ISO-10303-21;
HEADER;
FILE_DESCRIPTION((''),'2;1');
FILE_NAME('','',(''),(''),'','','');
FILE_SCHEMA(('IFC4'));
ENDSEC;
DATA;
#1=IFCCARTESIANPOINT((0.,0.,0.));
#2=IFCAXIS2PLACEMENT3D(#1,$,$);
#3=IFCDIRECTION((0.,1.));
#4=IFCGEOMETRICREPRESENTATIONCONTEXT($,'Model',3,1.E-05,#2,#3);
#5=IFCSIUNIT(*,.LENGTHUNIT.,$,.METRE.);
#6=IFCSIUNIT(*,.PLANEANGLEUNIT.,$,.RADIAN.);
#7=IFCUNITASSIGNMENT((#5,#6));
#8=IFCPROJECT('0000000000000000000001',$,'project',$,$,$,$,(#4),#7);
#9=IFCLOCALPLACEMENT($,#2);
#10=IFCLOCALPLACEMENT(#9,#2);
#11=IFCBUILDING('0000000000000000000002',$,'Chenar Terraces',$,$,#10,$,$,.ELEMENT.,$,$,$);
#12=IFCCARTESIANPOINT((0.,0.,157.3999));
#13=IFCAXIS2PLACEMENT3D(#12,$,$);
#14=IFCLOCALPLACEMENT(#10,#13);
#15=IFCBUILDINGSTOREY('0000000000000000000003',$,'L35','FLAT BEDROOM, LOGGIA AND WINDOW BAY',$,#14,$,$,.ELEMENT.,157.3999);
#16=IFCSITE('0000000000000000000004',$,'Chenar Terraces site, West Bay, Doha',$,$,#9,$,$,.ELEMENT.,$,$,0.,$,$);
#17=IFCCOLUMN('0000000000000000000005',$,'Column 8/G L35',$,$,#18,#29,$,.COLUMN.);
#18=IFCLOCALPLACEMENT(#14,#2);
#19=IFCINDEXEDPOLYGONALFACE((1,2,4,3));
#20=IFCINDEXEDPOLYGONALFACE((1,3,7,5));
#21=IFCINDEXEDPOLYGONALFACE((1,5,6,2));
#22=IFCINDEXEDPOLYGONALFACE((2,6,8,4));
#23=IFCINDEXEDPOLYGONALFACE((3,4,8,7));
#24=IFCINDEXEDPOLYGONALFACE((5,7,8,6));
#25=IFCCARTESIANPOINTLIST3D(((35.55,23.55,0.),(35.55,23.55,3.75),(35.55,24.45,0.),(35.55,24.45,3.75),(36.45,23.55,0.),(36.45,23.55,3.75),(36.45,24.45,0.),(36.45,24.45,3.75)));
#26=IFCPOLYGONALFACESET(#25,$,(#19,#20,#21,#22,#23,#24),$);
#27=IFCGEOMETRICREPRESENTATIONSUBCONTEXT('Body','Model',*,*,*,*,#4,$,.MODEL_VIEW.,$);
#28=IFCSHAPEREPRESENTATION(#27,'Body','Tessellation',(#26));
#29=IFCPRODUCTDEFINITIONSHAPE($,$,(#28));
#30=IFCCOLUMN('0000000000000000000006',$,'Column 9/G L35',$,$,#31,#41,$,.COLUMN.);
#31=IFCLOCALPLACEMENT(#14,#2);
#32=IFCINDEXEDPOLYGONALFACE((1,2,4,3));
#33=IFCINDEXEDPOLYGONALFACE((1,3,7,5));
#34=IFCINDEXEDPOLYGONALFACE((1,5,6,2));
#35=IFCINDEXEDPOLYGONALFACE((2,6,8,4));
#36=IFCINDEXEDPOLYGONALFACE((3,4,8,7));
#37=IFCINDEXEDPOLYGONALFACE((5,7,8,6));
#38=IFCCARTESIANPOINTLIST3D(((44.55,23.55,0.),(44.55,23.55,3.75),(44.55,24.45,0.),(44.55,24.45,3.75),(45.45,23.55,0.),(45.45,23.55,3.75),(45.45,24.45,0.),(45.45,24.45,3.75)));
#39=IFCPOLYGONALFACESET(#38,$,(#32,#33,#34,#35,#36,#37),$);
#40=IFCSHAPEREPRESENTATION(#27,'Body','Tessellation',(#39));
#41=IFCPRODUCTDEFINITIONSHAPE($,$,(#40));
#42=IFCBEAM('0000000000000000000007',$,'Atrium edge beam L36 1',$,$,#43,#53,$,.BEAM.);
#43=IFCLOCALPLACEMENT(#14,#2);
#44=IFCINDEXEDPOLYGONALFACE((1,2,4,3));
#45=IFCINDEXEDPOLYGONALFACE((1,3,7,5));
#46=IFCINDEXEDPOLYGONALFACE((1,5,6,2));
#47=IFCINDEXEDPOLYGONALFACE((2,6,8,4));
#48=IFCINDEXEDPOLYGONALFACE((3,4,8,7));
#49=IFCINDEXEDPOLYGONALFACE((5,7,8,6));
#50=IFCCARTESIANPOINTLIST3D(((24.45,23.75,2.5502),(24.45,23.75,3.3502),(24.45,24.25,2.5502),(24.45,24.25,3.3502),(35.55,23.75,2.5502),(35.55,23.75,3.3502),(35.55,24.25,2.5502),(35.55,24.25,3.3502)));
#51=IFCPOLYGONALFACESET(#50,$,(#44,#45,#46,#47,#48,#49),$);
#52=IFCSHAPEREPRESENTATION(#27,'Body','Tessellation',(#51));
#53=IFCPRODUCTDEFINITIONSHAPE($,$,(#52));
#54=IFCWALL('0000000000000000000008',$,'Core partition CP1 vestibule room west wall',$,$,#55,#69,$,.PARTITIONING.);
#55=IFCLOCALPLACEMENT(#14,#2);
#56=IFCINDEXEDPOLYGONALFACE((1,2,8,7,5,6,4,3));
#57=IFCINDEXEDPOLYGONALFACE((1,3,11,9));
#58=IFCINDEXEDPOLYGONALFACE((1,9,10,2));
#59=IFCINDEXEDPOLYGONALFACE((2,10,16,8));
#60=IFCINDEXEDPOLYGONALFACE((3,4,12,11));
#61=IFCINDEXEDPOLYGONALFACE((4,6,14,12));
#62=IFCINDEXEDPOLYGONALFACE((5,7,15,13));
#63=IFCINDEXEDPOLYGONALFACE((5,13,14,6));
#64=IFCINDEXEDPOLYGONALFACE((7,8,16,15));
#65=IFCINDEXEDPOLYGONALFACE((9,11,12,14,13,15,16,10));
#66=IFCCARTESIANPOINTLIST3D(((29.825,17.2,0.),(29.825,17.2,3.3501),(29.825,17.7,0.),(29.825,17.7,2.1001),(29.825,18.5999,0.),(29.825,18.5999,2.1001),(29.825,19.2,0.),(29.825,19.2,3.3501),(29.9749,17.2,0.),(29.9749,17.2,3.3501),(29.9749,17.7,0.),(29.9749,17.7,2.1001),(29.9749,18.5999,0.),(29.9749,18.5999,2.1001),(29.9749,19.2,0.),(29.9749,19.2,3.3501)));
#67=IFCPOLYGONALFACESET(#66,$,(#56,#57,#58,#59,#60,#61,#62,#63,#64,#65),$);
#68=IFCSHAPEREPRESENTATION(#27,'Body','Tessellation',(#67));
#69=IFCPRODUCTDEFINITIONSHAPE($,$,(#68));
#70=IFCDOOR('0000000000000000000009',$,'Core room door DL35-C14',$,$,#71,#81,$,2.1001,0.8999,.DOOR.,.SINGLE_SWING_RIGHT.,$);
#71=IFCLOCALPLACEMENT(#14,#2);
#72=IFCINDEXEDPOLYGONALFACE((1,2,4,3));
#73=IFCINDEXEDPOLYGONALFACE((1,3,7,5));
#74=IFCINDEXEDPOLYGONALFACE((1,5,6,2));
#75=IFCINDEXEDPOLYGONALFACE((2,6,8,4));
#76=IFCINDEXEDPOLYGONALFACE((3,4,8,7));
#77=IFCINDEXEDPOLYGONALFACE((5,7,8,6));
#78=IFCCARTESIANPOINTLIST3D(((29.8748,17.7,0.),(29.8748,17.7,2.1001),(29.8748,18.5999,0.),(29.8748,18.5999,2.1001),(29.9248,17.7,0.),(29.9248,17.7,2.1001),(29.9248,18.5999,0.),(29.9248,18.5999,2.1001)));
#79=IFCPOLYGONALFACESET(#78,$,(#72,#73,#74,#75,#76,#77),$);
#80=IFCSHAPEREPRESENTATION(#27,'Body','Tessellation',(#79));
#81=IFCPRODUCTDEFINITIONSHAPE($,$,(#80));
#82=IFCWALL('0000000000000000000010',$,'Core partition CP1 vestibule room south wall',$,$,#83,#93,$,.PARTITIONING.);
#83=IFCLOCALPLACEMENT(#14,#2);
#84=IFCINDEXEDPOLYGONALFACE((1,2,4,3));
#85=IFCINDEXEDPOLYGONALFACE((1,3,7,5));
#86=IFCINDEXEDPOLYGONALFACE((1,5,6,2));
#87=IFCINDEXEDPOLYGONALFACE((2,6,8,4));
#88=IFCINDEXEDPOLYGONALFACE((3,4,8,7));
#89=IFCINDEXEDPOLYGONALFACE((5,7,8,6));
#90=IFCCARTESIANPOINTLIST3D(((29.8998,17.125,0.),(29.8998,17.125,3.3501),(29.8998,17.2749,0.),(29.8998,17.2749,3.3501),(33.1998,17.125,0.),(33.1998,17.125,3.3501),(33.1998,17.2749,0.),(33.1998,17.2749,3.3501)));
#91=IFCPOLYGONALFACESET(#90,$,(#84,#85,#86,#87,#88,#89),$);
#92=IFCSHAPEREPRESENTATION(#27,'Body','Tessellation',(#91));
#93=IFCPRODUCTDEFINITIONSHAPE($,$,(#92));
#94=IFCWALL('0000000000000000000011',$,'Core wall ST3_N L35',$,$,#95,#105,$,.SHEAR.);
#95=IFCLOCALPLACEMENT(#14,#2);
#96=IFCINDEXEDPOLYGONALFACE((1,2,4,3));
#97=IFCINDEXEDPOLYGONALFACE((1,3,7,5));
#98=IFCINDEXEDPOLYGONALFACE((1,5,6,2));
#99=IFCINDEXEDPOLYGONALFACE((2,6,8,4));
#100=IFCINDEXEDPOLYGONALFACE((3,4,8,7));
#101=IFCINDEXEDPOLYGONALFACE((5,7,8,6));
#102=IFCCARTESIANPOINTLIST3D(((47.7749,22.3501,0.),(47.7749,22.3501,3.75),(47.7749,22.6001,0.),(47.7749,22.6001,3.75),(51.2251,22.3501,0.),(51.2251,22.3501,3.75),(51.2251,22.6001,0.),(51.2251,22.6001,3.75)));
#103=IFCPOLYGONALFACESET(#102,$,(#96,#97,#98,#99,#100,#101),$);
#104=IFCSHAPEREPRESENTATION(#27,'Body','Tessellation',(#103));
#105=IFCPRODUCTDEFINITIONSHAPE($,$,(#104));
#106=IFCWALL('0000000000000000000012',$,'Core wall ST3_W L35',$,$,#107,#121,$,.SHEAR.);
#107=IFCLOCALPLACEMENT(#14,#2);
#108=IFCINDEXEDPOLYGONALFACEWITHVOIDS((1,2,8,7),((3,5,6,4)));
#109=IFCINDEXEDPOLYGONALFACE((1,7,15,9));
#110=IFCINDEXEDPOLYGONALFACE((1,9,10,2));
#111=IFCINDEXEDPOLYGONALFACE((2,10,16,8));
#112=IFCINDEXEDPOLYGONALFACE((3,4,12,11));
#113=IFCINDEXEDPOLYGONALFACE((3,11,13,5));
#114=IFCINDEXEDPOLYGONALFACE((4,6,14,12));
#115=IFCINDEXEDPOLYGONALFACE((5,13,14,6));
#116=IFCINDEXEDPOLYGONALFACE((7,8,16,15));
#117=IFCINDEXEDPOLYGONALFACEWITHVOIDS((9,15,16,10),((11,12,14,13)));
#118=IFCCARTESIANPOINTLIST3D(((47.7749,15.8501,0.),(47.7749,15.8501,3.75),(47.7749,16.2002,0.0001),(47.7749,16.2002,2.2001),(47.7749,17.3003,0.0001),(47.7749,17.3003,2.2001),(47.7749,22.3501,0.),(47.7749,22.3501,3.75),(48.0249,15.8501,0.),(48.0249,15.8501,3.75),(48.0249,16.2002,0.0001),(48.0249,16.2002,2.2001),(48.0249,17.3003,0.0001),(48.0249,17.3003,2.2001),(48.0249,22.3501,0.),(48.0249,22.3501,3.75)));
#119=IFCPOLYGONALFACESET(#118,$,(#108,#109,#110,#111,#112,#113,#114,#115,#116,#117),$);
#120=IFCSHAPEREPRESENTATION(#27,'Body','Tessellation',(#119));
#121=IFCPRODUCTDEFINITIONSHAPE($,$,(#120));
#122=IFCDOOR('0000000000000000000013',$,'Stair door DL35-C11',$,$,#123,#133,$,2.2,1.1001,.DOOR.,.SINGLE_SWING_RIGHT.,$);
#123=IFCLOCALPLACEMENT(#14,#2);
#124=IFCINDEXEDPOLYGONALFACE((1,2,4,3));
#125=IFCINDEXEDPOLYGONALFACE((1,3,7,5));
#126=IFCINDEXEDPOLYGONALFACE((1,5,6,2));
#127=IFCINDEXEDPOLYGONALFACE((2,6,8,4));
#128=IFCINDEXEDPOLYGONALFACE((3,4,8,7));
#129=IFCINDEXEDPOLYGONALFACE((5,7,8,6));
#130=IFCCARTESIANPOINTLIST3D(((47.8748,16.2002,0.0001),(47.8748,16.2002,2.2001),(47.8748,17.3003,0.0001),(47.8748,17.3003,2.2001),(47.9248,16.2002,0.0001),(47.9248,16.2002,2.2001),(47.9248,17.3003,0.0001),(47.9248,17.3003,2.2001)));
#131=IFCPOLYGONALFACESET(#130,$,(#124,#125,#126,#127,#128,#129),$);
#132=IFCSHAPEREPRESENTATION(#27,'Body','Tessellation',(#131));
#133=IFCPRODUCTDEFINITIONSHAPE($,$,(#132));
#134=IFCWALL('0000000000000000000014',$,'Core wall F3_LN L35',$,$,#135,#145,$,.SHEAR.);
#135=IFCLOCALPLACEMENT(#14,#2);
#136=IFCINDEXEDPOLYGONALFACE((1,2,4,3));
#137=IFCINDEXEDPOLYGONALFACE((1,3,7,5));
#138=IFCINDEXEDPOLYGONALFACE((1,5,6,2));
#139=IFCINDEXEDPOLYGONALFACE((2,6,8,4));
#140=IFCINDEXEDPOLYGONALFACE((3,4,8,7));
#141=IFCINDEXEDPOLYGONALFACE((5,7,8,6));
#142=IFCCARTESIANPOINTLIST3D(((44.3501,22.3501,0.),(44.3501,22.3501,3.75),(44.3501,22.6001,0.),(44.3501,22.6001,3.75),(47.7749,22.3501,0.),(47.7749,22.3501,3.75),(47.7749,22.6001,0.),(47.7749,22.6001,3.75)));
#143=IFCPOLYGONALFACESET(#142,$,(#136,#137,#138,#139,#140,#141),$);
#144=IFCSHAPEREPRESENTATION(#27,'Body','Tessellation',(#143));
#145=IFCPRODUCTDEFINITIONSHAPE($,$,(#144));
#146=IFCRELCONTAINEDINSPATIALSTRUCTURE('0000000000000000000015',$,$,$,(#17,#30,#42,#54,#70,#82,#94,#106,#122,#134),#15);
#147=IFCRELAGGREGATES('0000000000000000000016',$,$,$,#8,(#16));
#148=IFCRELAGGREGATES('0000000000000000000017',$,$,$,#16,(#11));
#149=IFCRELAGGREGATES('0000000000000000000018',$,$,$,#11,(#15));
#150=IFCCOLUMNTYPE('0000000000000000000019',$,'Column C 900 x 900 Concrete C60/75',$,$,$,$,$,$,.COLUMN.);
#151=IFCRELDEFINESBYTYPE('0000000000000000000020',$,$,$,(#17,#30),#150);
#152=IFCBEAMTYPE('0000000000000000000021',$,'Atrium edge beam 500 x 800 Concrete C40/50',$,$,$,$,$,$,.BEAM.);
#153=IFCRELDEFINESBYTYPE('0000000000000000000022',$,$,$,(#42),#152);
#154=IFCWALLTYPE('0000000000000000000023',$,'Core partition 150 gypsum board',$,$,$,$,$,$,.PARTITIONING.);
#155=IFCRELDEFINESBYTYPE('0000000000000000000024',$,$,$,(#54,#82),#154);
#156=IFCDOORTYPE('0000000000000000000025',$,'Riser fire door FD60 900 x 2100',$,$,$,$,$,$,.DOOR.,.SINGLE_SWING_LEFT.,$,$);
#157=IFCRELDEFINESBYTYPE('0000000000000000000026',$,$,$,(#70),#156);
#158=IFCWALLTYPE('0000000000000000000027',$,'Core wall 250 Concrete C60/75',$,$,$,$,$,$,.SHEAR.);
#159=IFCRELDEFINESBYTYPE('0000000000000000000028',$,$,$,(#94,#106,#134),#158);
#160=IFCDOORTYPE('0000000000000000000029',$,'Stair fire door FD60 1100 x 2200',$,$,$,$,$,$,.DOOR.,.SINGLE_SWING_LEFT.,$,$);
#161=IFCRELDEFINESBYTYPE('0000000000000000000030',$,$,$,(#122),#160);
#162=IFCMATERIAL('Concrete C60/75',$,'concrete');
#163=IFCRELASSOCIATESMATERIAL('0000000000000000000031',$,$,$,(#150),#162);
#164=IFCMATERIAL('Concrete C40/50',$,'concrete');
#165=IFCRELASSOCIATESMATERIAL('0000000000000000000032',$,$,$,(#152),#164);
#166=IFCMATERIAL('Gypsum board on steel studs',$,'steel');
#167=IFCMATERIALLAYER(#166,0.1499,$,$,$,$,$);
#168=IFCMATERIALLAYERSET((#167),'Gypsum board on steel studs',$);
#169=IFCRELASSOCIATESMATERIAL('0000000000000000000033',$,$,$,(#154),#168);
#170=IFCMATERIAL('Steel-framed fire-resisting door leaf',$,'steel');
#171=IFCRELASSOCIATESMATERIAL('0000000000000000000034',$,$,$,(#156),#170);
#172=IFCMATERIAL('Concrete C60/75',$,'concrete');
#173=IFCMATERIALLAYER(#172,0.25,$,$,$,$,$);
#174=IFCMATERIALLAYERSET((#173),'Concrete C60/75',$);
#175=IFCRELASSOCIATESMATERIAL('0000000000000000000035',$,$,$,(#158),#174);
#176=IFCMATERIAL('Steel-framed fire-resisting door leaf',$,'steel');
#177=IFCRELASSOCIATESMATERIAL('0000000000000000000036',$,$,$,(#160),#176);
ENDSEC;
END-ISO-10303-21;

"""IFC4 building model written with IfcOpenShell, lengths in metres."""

from ifc_helpers import new_model, si_unit, direction, frame, frame_2d, origin, origin_2d, place, context, subcontext, project, spatial, rectangle, extrude, material, layer, layer_set, material_profile, profile_set, type_object, element, fill, save


model = new_model("IFC4")

# Units and contexts
model_context = context("Model", 3, precision=1e-05, world=origin(), true_north=direction((0.0, 1.0)))
body_context = subcontext(model_context, "Body", "Model", "MODEL_VIEW")
ifc_project = project(units=[si_unit("LENGTHUNIT", "METRE"), si_unit("PLANEANGLEUNIT", "RADIAN")], contexts=[model_context])

# Site, building, storey
site_placement = place(None, origin())
site = spatial("IfcSite", under=ifc_project, at=site_placement, Name="Chenar Terraces site, West Bay, Doha", CompositionType="ELEMENT", RefElevation=0.0)
building_placement = place(site_placement, origin())
building = spatial("IfcBuilding", under=site, at=building_placement, Name="Chenar Terraces", CompositionType="ELEMENT")
storey_placement = place(building_placement, frame((0.0, 0.0, 157.3999)))
storey = spatial("IfcBuildingStorey", under=building, at=storey_placement, Name="L35", Description="FLAT BEDROOM, LOGGIA AND WINDOW BAY", CompositionType="ELEMENT", Elevation=157.3999)

# Columns
ifc_material_1 = material(Name="Concrete C60/75", Category="concrete")
ifc_material_profile_1 = material_profile(ifc_material_1, rectangle(XDim=0.8999, YDim=0.8999, at=origin_2d()), Name="C 900 x 900")
ifc_profile_set_1 = profile_set([ifc_material_profile_1], Name="Concrete C60/75")
column_type = type_object("IfcColumnType", Name="Column C 900 x 900 Concrete C60/75", PredefinedType="COLUMN", material=ifc_profile_set_1)
for number, where, z_axis, x_axis, name in (
    (1, (36.0, 24.0, 0.0), (0.0, 0.0, 1.0), (1.0, 0.0, 0.0), "Column 8/G L35"),
    (2, (45.0, 24.0, 0.0), (0.0, 0.0, 1.0), (1.0, 0.0, 0.0), "Column 9/G L35"),
):
    element("IfcColumn", number, at=place(storey_placement, frame(where, z_axis=z_axis, x_axis=x_axis)), inside=storey, type_object=column_type, Name=name, PredefinedType="COLUMN", context=body_context, shape_type="SweptSolid", body=[
        extrude(rectangle(XDim=0.8999, YDim=0.8999, at=origin_2d()), origin(), (0.0, 0.0, 1.0), 3.75),
    ])

# Beam
ifc_material_2 = material(Name="Concrete C40/50", Category="concrete")
ifc_material_profile_2 = material_profile(ifc_material_2, rectangle(XDim=0.5, YDim=0.8, at=origin_2d()), Name="RC 500 x 800")
ifc_profile_set_2 = profile_set([ifc_material_profile_2], Name="Concrete C40/50")
beam_type = type_object("IfcBeamType", Name="Atrium edge beam 500 x 800 Concrete C40/50", PredefinedType="BEAM", material=ifc_profile_set_2)
beam_placement = place(storey_placement, frame((24.45, 24.0, 2.9502), z_axis=(1.0, 0.0, 0.0), x_axis=(0.0, 1.0, 0.0)))
element("IfcBeam", 3, at=beam_placement, inside=storey, type_object=beam_type, Name="Atrium edge beam L36 1", PredefinedType="BEAM", context=body_context, shape_type="SweptSolid", body=[
    extrude(rectangle(XDim=0.5, YDim=0.8, at=origin_2d()), origin(), (0.0, 0.0, 1.0), 11.1001),
])

# Wall, opening, door
ifc_material_3 = material(Name="Gypsum board on steel studs", Category="steel")
ifc_layer_1 = layer(ifc_material_3, 0.1499)
ifc_layer_set_1 = layer_set([ifc_layer_1], Name="Gypsum board on steel studs")
wall_type_1 = type_object("IfcWallType", Name="Core partition 150 gypsum board", PredefinedType="PARTITIONING", material=ifc_layer_set_1)
wall_1_placement = place(storey_placement, frame((29.8999, 17.2, 0.0), z_axis=(0.0, 0.0, 1.0), x_axis=(0.0, 1.0, 0.0)))
wall_1 = element("IfcWall", 4, at=wall_1_placement, inside=storey, type_object=wall_type_1, Name="Core partition CP1 vestibule room west wall", PredefinedType="PARTITIONING", context=body_context, shape_type="SweptSolid", body=[
    extrude(rectangle(XDim=2.0, YDim=0.1499, at=frame_2d((1.0, 0.0))), origin(), (0.0, 0.0, 1.0), 3.3501),
])
opening_1_placement = place(wall_1_placement, frame((0.5, 0.0, 0.0)))
opening_1 = element("IfcOpeningElement", 5, at=opening_1_placement, cuts=wall_1, PredefinedType="OPENING", context=body_context, shape_type="SweptSolid", body=[
    extrude(rectangle(XDim=0.8999, YDim=2.1001, at=frame_2d((0.45, 1.05))), frame((0.0, 0.085, 0.0), z_axis=(0.0, -1.0, 0.0), x_axis=(1.0, 0.0, 0.0)), (0.0, 0.0, 1.0), 0.1699),
])
ifc_material_4 = material(Name="Steel-framed fire-resisting door leaf", Category="steel")
door_type_1 = type_object("IfcDoorType", Name="Riser fire door FD60 900 x 2100", OperationType="SINGLE_SWING_LEFT", PredefinedType="DOOR", material=ifc_material_4)
door_1_placement = place(opening_1_placement, frame((0.8999, 0.0, 0.0), z_axis=(0.0, 0.0, 1.0), x_axis=(-1.0, 0.0, 0.0)))
door_1 = element("IfcDoor", 6, at=door_1_placement, inside=storey, type_object=door_type_1, Name="Core room door DL35-C14", OperationType="SINGLE_SWING_RIGHT", OverallHeight=2.1001, OverallWidth=0.8999, PredefinedType="DOOR", context=body_context, shape_type="SweptSolid", body=[
    extrude(rectangle(XDim=0.8999, YDim=2.1001, at=frame_2d((0.45, 1.05))), frame((0.0, 0.0249, 0.0), z_axis=(0.0, -1.0, 0.0), x_axis=(1.0, 0.0, 0.0)), (0.0, 0.0, 1.0), 0.05),
])
fill(opening_1, door_1)

# Walls
wall_2_placement = place(storey_placement, frame((29.8999, 17.2, 0.0), z_axis=(0.0, 0.0, 1.0), x_axis=(1.0, 0.0, 0.0)))
element("IfcWall", 7, at=wall_2_placement, inside=storey, type_object=wall_type_1, Name="Core partition CP1 vestibule room south wall", PredefinedType="PARTITIONING", context=body_context, shape_type="SweptSolid", body=[
    extrude(rectangle(XDim=3.3, YDim=0.1499, at=frame_2d((1.6499, 0.0))), origin(), (0.0, 0.0, 1.0), 3.3501),
])
ifc_material_5 = material(Name="Concrete C60/75", Category="concrete")
ifc_layer_2 = layer(ifc_material_5, 0.25)
ifc_layer_set_2 = layer_set([ifc_layer_2], Name="Concrete C60/75")
wall_type_2 = type_object("IfcWallType", Name="Core wall 250 Concrete C60/75", PredefinedType="SHEAR", material=ifc_layer_set_2)
wall_3_placement = place(storey_placement, frame((47.7749, 22.4751, 0.0), z_axis=(0.0, 0.0, 1.0), x_axis=(1.0, 0.0, 0.0)))
element("IfcWall", 8, at=wall_3_placement, inside=storey, type_object=wall_type_2, Name="Core wall ST3_N L35", PredefinedType="SHEAR", context=body_context, shape_type="SweptSolid", body=[
    extrude(rectangle(XDim=3.4502, YDim=0.25, at=frame_2d((1.7251, 0.0))), origin(), (0.0, 0.0, 1.0), 3.75),
])

# Wall, opening, door
wall_4_placement = place(storey_placement, frame((47.8999, 15.8501, 0.0), z_axis=(0.0, 0.0, 1.0), x_axis=(0.0, 1.0, 0.0)))
wall_4 = element("IfcWall", 9, at=wall_4_placement, inside=storey, type_object=wall_type_2, Name="Core wall ST3_W L35", PredefinedType="SHEAR", context=body_context, shape_type="SweptSolid", body=[
    extrude(rectangle(XDim=6.5, YDim=0.25, at=frame_2d((3.25, 0.0))), origin(), (0.0, 0.0, 1.0), 3.75),
])
opening_2_placement = place(wall_4_placement, frame((0.3501, 0.0, 0.0)))
opening_2 = element("IfcOpeningElement", 10, at=opening_2_placement, cuts=wall_4, PredefinedType="OPENING", context=body_context, shape_type="SweptSolid", body=[
    extrude(rectangle(XDim=1.1001, YDim=2.2, at=frame_2d((0.55, 1.1001))), frame((0.0, 0.135, 0.0), z_axis=(0.0, -1.0, 0.0), x_axis=(1.0, 0.0, 0.0)), (0.0, 0.0, 1.0), 0.27),
])
ifc_material_6 = material(Name="Steel-framed fire-resisting door leaf", Category="steel")
door_type_2 = type_object("IfcDoorType", Name="Stair fire door FD60 1100 x 2200", OperationType="SINGLE_SWING_LEFT", PredefinedType="DOOR", material=ifc_material_6)
door_2_placement = place(opening_2_placement, frame((1.1001, 0.0, 0.0), z_axis=(0.0, 0.0, 1.0), x_axis=(-1.0, 0.0, 0.0)))
door_2 = element("IfcDoor", 11, at=door_2_placement, inside=storey, type_object=door_type_2, Name="Stair door DL35-C11", OperationType="SINGLE_SWING_RIGHT", OverallHeight=2.2, OverallWidth=1.1001, PredefinedType="DOOR", context=body_context, shape_type="SweptSolid", body=[
    extrude(rectangle(XDim=1.1001, YDim=2.2, at=frame_2d((0.55, 1.1001))), frame((0.0, 0.0249, 0.0), z_axis=(0.0, -1.0, 0.0), x_axis=(1.0, 0.0, 0.0)), (0.0, 0.0, 1.0), 0.05),
])
fill(opening_2, door_2)

# Wall
wall_5_placement = place(storey_placement, frame((44.3501, 22.4751, 0.0), z_axis=(0.0, 0.0, 1.0), x_axis=(1.0, 0.0, 0.0)))
element("IfcWall", 12, at=wall_5_placement, inside=storey, type_object=wall_type_2, Name="Core wall F3_LN L35", PredefinedType="SHEAR", context=body_context, shape_type="SweptSolid", body=[
    extrude(rectangle(XDim=3.4248, YDim=0.25, at=frame_2d((1.7124, 0.0))), origin(), (0.0, 0.0, 1.0), 3.75),
])

save(model, "model.ifc")
